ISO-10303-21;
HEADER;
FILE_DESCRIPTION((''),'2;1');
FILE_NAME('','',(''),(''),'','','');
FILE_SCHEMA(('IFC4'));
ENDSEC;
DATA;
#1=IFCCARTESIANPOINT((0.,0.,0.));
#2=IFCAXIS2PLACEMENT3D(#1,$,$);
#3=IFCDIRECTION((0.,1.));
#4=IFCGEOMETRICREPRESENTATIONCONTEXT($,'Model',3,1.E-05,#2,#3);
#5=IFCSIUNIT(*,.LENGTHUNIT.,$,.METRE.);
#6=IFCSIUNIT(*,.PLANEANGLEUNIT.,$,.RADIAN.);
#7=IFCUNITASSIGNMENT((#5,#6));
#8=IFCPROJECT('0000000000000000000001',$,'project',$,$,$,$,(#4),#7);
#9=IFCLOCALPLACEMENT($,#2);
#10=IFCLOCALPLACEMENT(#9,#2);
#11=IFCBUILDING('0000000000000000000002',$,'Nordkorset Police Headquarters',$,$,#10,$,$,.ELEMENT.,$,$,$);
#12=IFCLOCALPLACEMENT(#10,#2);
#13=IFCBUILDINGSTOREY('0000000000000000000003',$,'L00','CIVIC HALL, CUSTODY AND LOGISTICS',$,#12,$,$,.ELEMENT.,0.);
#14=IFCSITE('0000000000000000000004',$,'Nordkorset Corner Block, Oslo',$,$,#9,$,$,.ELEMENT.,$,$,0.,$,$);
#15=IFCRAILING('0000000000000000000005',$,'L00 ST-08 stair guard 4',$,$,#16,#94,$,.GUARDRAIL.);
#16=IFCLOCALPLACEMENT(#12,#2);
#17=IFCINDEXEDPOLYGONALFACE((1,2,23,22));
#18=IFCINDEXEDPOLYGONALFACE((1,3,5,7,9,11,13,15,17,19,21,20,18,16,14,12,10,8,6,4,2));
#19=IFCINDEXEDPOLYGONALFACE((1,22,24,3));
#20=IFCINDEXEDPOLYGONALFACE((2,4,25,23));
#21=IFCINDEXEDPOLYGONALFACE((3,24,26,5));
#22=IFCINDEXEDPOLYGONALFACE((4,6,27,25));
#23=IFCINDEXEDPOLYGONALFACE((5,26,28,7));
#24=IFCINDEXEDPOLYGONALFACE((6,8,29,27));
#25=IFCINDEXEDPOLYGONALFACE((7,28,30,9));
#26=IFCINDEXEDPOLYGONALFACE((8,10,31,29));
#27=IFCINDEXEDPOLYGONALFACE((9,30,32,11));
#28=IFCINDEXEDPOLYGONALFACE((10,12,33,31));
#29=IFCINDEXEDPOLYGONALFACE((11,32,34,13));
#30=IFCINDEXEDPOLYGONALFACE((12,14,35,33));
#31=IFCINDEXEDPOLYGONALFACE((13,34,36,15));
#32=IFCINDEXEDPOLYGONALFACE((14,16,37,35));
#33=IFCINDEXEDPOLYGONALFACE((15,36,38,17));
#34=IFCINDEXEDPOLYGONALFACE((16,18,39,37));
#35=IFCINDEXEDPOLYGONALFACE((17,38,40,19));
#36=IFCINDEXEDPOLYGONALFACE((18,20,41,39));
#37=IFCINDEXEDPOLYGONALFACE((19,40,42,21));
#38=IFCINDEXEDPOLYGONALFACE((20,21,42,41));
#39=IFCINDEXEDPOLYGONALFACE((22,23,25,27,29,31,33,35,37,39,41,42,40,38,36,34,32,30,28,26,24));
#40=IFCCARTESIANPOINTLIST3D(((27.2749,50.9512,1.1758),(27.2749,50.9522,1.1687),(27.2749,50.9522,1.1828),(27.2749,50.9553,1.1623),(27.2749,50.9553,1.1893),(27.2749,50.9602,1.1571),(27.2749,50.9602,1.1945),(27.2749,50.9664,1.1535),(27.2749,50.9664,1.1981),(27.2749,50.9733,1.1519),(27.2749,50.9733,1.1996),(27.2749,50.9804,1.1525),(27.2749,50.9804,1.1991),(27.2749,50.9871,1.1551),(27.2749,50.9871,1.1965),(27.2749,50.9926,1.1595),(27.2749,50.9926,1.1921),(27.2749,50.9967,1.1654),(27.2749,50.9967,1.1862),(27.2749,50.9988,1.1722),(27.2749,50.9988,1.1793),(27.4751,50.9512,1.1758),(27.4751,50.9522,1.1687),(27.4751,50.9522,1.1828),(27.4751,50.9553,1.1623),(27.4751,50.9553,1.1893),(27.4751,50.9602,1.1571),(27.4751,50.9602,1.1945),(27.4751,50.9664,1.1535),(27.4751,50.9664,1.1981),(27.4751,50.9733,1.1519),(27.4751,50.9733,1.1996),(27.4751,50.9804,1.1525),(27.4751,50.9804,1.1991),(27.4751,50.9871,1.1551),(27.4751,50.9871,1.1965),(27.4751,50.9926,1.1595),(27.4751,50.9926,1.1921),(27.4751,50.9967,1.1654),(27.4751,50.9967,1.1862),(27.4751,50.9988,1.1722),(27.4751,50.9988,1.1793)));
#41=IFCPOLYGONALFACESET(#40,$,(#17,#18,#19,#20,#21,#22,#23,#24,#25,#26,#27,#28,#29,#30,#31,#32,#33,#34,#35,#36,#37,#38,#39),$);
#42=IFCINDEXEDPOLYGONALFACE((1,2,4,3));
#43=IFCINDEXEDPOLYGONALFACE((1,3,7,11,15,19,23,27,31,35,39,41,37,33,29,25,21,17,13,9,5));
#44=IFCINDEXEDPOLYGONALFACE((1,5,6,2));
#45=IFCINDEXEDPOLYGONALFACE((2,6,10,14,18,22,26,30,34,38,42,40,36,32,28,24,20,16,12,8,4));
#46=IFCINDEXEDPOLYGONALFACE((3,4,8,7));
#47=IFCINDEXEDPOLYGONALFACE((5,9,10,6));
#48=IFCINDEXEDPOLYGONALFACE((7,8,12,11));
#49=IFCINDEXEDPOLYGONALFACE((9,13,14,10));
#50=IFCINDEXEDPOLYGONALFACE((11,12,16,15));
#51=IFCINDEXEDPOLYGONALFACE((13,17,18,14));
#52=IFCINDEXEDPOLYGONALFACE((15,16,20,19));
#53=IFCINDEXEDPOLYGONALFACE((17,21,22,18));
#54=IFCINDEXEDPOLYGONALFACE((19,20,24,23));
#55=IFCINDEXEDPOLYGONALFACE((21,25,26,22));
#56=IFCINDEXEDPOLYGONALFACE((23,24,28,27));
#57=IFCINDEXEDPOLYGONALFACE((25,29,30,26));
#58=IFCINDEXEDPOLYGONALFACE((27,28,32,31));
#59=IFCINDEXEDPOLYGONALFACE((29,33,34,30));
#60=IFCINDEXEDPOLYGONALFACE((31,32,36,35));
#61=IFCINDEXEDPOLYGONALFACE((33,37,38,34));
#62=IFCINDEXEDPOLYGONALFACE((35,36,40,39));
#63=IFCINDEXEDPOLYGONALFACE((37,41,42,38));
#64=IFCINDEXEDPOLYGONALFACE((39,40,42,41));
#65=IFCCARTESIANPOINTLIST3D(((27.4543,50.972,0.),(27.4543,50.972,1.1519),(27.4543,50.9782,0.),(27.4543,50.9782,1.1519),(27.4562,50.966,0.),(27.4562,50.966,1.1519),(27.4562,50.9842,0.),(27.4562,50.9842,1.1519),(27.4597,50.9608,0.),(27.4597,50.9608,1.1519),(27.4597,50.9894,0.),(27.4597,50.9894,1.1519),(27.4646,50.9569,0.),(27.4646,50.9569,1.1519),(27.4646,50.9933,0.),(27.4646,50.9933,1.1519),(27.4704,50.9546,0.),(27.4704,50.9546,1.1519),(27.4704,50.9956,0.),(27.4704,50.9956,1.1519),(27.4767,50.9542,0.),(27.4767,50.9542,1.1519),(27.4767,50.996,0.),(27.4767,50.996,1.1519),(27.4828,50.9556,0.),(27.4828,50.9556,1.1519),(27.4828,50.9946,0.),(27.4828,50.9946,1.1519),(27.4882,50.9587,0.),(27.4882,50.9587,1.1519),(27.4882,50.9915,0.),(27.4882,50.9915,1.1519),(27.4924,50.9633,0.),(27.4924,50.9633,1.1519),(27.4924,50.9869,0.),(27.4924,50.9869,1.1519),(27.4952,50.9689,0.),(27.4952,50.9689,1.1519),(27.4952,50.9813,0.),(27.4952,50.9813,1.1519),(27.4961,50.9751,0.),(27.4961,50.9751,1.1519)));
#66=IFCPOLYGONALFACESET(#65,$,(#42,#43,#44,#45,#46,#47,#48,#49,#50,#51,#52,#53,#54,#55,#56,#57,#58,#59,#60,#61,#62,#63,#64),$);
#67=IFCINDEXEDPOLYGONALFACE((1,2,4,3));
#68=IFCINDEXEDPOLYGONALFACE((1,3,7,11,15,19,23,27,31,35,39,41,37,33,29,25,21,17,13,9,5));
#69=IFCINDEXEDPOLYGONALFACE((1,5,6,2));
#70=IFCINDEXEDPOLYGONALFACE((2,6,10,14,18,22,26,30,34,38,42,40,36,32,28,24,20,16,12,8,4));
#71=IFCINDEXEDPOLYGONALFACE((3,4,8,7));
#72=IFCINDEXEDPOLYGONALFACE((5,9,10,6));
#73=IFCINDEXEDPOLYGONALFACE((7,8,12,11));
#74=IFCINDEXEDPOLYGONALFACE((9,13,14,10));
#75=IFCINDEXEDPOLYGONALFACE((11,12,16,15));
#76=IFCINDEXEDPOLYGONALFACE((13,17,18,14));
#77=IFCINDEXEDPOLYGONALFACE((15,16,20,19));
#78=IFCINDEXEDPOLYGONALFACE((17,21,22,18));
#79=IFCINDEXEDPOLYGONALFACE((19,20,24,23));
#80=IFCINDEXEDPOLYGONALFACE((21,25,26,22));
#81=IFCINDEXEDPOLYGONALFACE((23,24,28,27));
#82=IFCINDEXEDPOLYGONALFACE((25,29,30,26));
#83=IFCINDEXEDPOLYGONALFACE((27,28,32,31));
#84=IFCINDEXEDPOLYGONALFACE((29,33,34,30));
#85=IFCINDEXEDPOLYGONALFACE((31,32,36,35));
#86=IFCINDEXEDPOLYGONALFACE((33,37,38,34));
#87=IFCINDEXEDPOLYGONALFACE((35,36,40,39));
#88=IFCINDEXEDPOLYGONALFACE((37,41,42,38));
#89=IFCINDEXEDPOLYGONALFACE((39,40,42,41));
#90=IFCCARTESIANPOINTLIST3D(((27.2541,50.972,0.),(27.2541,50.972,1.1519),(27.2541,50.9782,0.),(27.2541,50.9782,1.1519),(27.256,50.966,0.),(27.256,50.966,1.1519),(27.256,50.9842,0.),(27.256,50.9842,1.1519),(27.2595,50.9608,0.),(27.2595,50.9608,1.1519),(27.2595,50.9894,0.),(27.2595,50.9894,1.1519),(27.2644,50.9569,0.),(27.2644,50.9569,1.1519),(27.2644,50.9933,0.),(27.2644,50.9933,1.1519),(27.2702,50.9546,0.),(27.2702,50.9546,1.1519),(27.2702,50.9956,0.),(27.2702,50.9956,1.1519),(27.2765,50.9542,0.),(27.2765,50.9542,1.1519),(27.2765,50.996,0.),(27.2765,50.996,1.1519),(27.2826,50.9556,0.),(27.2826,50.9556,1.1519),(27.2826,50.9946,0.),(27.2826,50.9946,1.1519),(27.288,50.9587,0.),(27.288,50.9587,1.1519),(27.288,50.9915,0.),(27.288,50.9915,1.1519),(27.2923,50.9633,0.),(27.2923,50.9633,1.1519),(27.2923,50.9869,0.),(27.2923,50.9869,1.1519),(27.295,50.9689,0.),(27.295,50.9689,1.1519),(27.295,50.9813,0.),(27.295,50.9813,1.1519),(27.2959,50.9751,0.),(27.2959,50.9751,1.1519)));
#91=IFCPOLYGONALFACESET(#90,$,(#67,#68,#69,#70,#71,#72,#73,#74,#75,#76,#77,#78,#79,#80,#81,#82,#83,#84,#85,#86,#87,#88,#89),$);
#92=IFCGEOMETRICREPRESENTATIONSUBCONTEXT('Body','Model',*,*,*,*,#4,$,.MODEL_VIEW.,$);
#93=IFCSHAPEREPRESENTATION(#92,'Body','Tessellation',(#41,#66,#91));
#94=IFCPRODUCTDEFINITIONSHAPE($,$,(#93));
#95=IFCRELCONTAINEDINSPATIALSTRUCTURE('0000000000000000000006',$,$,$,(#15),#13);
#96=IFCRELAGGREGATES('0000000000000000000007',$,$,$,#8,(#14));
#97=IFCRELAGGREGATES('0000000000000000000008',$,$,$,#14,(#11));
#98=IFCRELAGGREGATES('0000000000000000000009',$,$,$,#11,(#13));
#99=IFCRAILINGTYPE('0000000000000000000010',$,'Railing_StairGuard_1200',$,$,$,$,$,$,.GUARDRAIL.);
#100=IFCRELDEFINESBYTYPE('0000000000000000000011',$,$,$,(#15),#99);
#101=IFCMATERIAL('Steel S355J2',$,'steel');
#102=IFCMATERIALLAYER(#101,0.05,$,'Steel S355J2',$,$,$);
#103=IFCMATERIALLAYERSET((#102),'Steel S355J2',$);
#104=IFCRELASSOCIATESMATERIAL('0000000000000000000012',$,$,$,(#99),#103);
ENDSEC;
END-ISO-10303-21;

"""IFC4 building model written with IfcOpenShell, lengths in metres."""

from ifc_helpers import new_model, si_unit, direction, frame, origin, origin_2d, place, context, subcontext, project, spatial, circle, extrude, material, layer, layer_set, type_object, element, save


model = new_model("IFC4")

# Units and contexts
model_context = context("Model", 3, precision=1e-05, world=origin(), true_north=direction((0.0, 1.0)))
body_context = subcontext(model_context, "Body", "Model", "MODEL_VIEW")
ifc_project = project(units=[si_unit("LENGTHUNIT", "METRE"), si_unit("PLANEANGLEUNIT", "RADIAN")], contexts=[model_context])

# Site, building, storey
site_placement = place(None, origin())
site = spatial("IfcSite", under=ifc_project, at=site_placement, Name="Nordkorset Corner Block, Oslo", CompositionType="ELEMENT", RefElevation=0.0)
building_placement = place(site_placement, origin())
building = spatial("IfcBuilding", under=site, at=building_placement, Name="Nordkorset Police Headquarters", CompositionType="ELEMENT")
storey_placement = place(building_placement, origin())
storey = spatial("IfcBuildingStorey", under=building, at=storey_placement, Name="L00", Description="CIVIC HALL, CUSTODY AND LOGISTICS", CompositionType="ELEMENT", Elevation=0.0)

# Railing
ifc_material_1 = material(Name="Steel S355J2", Category="steel")
ifc_layer_1 = layer(ifc_material_1, 0.05, Name="Steel S355J2")
ifc_layer_set_1 = layer_set([ifc_layer_1], Name="Steel S355J2")
railing_type_1 = type_object("IfcRailingType", Name="Railing_StairGuard_1200", PredefinedType="GUARDRAIL", material=ifc_layer_set_1)
railing_1_placement = place(storey_placement, frame((27.4751, 50.9751, 0.0)))
element("IfcRailing", 1, at=railing_1_placement, inside=storey, type_object=railing_type_1, Name="L00 ST-08 stair guard 4", PredefinedType="GUARDRAIL", context=body_context, shape_type="SweptSolid", body=[
    extrude(circle(Radius=0.0239, at=origin_2d()), frame((0.0, 0.0, 1.1758), z_axis=(-1.0, 0.0, 0.0), x_axis=(0.0, -1.0, 0.0)), (0.0, 0.0, 1.0), 0.2002),
    extrude(circle(Radius=0.021, at=origin_2d()), origin(), (0.0, 0.0, 1.0), 1.1519),
    extrude(circle(Radius=0.021, at=origin_2d()), frame((-0.2002, 0.0, 0.0)), (0.0, 0.0, 1.0), 1.1519),
])

save(model, "model.ifc")
